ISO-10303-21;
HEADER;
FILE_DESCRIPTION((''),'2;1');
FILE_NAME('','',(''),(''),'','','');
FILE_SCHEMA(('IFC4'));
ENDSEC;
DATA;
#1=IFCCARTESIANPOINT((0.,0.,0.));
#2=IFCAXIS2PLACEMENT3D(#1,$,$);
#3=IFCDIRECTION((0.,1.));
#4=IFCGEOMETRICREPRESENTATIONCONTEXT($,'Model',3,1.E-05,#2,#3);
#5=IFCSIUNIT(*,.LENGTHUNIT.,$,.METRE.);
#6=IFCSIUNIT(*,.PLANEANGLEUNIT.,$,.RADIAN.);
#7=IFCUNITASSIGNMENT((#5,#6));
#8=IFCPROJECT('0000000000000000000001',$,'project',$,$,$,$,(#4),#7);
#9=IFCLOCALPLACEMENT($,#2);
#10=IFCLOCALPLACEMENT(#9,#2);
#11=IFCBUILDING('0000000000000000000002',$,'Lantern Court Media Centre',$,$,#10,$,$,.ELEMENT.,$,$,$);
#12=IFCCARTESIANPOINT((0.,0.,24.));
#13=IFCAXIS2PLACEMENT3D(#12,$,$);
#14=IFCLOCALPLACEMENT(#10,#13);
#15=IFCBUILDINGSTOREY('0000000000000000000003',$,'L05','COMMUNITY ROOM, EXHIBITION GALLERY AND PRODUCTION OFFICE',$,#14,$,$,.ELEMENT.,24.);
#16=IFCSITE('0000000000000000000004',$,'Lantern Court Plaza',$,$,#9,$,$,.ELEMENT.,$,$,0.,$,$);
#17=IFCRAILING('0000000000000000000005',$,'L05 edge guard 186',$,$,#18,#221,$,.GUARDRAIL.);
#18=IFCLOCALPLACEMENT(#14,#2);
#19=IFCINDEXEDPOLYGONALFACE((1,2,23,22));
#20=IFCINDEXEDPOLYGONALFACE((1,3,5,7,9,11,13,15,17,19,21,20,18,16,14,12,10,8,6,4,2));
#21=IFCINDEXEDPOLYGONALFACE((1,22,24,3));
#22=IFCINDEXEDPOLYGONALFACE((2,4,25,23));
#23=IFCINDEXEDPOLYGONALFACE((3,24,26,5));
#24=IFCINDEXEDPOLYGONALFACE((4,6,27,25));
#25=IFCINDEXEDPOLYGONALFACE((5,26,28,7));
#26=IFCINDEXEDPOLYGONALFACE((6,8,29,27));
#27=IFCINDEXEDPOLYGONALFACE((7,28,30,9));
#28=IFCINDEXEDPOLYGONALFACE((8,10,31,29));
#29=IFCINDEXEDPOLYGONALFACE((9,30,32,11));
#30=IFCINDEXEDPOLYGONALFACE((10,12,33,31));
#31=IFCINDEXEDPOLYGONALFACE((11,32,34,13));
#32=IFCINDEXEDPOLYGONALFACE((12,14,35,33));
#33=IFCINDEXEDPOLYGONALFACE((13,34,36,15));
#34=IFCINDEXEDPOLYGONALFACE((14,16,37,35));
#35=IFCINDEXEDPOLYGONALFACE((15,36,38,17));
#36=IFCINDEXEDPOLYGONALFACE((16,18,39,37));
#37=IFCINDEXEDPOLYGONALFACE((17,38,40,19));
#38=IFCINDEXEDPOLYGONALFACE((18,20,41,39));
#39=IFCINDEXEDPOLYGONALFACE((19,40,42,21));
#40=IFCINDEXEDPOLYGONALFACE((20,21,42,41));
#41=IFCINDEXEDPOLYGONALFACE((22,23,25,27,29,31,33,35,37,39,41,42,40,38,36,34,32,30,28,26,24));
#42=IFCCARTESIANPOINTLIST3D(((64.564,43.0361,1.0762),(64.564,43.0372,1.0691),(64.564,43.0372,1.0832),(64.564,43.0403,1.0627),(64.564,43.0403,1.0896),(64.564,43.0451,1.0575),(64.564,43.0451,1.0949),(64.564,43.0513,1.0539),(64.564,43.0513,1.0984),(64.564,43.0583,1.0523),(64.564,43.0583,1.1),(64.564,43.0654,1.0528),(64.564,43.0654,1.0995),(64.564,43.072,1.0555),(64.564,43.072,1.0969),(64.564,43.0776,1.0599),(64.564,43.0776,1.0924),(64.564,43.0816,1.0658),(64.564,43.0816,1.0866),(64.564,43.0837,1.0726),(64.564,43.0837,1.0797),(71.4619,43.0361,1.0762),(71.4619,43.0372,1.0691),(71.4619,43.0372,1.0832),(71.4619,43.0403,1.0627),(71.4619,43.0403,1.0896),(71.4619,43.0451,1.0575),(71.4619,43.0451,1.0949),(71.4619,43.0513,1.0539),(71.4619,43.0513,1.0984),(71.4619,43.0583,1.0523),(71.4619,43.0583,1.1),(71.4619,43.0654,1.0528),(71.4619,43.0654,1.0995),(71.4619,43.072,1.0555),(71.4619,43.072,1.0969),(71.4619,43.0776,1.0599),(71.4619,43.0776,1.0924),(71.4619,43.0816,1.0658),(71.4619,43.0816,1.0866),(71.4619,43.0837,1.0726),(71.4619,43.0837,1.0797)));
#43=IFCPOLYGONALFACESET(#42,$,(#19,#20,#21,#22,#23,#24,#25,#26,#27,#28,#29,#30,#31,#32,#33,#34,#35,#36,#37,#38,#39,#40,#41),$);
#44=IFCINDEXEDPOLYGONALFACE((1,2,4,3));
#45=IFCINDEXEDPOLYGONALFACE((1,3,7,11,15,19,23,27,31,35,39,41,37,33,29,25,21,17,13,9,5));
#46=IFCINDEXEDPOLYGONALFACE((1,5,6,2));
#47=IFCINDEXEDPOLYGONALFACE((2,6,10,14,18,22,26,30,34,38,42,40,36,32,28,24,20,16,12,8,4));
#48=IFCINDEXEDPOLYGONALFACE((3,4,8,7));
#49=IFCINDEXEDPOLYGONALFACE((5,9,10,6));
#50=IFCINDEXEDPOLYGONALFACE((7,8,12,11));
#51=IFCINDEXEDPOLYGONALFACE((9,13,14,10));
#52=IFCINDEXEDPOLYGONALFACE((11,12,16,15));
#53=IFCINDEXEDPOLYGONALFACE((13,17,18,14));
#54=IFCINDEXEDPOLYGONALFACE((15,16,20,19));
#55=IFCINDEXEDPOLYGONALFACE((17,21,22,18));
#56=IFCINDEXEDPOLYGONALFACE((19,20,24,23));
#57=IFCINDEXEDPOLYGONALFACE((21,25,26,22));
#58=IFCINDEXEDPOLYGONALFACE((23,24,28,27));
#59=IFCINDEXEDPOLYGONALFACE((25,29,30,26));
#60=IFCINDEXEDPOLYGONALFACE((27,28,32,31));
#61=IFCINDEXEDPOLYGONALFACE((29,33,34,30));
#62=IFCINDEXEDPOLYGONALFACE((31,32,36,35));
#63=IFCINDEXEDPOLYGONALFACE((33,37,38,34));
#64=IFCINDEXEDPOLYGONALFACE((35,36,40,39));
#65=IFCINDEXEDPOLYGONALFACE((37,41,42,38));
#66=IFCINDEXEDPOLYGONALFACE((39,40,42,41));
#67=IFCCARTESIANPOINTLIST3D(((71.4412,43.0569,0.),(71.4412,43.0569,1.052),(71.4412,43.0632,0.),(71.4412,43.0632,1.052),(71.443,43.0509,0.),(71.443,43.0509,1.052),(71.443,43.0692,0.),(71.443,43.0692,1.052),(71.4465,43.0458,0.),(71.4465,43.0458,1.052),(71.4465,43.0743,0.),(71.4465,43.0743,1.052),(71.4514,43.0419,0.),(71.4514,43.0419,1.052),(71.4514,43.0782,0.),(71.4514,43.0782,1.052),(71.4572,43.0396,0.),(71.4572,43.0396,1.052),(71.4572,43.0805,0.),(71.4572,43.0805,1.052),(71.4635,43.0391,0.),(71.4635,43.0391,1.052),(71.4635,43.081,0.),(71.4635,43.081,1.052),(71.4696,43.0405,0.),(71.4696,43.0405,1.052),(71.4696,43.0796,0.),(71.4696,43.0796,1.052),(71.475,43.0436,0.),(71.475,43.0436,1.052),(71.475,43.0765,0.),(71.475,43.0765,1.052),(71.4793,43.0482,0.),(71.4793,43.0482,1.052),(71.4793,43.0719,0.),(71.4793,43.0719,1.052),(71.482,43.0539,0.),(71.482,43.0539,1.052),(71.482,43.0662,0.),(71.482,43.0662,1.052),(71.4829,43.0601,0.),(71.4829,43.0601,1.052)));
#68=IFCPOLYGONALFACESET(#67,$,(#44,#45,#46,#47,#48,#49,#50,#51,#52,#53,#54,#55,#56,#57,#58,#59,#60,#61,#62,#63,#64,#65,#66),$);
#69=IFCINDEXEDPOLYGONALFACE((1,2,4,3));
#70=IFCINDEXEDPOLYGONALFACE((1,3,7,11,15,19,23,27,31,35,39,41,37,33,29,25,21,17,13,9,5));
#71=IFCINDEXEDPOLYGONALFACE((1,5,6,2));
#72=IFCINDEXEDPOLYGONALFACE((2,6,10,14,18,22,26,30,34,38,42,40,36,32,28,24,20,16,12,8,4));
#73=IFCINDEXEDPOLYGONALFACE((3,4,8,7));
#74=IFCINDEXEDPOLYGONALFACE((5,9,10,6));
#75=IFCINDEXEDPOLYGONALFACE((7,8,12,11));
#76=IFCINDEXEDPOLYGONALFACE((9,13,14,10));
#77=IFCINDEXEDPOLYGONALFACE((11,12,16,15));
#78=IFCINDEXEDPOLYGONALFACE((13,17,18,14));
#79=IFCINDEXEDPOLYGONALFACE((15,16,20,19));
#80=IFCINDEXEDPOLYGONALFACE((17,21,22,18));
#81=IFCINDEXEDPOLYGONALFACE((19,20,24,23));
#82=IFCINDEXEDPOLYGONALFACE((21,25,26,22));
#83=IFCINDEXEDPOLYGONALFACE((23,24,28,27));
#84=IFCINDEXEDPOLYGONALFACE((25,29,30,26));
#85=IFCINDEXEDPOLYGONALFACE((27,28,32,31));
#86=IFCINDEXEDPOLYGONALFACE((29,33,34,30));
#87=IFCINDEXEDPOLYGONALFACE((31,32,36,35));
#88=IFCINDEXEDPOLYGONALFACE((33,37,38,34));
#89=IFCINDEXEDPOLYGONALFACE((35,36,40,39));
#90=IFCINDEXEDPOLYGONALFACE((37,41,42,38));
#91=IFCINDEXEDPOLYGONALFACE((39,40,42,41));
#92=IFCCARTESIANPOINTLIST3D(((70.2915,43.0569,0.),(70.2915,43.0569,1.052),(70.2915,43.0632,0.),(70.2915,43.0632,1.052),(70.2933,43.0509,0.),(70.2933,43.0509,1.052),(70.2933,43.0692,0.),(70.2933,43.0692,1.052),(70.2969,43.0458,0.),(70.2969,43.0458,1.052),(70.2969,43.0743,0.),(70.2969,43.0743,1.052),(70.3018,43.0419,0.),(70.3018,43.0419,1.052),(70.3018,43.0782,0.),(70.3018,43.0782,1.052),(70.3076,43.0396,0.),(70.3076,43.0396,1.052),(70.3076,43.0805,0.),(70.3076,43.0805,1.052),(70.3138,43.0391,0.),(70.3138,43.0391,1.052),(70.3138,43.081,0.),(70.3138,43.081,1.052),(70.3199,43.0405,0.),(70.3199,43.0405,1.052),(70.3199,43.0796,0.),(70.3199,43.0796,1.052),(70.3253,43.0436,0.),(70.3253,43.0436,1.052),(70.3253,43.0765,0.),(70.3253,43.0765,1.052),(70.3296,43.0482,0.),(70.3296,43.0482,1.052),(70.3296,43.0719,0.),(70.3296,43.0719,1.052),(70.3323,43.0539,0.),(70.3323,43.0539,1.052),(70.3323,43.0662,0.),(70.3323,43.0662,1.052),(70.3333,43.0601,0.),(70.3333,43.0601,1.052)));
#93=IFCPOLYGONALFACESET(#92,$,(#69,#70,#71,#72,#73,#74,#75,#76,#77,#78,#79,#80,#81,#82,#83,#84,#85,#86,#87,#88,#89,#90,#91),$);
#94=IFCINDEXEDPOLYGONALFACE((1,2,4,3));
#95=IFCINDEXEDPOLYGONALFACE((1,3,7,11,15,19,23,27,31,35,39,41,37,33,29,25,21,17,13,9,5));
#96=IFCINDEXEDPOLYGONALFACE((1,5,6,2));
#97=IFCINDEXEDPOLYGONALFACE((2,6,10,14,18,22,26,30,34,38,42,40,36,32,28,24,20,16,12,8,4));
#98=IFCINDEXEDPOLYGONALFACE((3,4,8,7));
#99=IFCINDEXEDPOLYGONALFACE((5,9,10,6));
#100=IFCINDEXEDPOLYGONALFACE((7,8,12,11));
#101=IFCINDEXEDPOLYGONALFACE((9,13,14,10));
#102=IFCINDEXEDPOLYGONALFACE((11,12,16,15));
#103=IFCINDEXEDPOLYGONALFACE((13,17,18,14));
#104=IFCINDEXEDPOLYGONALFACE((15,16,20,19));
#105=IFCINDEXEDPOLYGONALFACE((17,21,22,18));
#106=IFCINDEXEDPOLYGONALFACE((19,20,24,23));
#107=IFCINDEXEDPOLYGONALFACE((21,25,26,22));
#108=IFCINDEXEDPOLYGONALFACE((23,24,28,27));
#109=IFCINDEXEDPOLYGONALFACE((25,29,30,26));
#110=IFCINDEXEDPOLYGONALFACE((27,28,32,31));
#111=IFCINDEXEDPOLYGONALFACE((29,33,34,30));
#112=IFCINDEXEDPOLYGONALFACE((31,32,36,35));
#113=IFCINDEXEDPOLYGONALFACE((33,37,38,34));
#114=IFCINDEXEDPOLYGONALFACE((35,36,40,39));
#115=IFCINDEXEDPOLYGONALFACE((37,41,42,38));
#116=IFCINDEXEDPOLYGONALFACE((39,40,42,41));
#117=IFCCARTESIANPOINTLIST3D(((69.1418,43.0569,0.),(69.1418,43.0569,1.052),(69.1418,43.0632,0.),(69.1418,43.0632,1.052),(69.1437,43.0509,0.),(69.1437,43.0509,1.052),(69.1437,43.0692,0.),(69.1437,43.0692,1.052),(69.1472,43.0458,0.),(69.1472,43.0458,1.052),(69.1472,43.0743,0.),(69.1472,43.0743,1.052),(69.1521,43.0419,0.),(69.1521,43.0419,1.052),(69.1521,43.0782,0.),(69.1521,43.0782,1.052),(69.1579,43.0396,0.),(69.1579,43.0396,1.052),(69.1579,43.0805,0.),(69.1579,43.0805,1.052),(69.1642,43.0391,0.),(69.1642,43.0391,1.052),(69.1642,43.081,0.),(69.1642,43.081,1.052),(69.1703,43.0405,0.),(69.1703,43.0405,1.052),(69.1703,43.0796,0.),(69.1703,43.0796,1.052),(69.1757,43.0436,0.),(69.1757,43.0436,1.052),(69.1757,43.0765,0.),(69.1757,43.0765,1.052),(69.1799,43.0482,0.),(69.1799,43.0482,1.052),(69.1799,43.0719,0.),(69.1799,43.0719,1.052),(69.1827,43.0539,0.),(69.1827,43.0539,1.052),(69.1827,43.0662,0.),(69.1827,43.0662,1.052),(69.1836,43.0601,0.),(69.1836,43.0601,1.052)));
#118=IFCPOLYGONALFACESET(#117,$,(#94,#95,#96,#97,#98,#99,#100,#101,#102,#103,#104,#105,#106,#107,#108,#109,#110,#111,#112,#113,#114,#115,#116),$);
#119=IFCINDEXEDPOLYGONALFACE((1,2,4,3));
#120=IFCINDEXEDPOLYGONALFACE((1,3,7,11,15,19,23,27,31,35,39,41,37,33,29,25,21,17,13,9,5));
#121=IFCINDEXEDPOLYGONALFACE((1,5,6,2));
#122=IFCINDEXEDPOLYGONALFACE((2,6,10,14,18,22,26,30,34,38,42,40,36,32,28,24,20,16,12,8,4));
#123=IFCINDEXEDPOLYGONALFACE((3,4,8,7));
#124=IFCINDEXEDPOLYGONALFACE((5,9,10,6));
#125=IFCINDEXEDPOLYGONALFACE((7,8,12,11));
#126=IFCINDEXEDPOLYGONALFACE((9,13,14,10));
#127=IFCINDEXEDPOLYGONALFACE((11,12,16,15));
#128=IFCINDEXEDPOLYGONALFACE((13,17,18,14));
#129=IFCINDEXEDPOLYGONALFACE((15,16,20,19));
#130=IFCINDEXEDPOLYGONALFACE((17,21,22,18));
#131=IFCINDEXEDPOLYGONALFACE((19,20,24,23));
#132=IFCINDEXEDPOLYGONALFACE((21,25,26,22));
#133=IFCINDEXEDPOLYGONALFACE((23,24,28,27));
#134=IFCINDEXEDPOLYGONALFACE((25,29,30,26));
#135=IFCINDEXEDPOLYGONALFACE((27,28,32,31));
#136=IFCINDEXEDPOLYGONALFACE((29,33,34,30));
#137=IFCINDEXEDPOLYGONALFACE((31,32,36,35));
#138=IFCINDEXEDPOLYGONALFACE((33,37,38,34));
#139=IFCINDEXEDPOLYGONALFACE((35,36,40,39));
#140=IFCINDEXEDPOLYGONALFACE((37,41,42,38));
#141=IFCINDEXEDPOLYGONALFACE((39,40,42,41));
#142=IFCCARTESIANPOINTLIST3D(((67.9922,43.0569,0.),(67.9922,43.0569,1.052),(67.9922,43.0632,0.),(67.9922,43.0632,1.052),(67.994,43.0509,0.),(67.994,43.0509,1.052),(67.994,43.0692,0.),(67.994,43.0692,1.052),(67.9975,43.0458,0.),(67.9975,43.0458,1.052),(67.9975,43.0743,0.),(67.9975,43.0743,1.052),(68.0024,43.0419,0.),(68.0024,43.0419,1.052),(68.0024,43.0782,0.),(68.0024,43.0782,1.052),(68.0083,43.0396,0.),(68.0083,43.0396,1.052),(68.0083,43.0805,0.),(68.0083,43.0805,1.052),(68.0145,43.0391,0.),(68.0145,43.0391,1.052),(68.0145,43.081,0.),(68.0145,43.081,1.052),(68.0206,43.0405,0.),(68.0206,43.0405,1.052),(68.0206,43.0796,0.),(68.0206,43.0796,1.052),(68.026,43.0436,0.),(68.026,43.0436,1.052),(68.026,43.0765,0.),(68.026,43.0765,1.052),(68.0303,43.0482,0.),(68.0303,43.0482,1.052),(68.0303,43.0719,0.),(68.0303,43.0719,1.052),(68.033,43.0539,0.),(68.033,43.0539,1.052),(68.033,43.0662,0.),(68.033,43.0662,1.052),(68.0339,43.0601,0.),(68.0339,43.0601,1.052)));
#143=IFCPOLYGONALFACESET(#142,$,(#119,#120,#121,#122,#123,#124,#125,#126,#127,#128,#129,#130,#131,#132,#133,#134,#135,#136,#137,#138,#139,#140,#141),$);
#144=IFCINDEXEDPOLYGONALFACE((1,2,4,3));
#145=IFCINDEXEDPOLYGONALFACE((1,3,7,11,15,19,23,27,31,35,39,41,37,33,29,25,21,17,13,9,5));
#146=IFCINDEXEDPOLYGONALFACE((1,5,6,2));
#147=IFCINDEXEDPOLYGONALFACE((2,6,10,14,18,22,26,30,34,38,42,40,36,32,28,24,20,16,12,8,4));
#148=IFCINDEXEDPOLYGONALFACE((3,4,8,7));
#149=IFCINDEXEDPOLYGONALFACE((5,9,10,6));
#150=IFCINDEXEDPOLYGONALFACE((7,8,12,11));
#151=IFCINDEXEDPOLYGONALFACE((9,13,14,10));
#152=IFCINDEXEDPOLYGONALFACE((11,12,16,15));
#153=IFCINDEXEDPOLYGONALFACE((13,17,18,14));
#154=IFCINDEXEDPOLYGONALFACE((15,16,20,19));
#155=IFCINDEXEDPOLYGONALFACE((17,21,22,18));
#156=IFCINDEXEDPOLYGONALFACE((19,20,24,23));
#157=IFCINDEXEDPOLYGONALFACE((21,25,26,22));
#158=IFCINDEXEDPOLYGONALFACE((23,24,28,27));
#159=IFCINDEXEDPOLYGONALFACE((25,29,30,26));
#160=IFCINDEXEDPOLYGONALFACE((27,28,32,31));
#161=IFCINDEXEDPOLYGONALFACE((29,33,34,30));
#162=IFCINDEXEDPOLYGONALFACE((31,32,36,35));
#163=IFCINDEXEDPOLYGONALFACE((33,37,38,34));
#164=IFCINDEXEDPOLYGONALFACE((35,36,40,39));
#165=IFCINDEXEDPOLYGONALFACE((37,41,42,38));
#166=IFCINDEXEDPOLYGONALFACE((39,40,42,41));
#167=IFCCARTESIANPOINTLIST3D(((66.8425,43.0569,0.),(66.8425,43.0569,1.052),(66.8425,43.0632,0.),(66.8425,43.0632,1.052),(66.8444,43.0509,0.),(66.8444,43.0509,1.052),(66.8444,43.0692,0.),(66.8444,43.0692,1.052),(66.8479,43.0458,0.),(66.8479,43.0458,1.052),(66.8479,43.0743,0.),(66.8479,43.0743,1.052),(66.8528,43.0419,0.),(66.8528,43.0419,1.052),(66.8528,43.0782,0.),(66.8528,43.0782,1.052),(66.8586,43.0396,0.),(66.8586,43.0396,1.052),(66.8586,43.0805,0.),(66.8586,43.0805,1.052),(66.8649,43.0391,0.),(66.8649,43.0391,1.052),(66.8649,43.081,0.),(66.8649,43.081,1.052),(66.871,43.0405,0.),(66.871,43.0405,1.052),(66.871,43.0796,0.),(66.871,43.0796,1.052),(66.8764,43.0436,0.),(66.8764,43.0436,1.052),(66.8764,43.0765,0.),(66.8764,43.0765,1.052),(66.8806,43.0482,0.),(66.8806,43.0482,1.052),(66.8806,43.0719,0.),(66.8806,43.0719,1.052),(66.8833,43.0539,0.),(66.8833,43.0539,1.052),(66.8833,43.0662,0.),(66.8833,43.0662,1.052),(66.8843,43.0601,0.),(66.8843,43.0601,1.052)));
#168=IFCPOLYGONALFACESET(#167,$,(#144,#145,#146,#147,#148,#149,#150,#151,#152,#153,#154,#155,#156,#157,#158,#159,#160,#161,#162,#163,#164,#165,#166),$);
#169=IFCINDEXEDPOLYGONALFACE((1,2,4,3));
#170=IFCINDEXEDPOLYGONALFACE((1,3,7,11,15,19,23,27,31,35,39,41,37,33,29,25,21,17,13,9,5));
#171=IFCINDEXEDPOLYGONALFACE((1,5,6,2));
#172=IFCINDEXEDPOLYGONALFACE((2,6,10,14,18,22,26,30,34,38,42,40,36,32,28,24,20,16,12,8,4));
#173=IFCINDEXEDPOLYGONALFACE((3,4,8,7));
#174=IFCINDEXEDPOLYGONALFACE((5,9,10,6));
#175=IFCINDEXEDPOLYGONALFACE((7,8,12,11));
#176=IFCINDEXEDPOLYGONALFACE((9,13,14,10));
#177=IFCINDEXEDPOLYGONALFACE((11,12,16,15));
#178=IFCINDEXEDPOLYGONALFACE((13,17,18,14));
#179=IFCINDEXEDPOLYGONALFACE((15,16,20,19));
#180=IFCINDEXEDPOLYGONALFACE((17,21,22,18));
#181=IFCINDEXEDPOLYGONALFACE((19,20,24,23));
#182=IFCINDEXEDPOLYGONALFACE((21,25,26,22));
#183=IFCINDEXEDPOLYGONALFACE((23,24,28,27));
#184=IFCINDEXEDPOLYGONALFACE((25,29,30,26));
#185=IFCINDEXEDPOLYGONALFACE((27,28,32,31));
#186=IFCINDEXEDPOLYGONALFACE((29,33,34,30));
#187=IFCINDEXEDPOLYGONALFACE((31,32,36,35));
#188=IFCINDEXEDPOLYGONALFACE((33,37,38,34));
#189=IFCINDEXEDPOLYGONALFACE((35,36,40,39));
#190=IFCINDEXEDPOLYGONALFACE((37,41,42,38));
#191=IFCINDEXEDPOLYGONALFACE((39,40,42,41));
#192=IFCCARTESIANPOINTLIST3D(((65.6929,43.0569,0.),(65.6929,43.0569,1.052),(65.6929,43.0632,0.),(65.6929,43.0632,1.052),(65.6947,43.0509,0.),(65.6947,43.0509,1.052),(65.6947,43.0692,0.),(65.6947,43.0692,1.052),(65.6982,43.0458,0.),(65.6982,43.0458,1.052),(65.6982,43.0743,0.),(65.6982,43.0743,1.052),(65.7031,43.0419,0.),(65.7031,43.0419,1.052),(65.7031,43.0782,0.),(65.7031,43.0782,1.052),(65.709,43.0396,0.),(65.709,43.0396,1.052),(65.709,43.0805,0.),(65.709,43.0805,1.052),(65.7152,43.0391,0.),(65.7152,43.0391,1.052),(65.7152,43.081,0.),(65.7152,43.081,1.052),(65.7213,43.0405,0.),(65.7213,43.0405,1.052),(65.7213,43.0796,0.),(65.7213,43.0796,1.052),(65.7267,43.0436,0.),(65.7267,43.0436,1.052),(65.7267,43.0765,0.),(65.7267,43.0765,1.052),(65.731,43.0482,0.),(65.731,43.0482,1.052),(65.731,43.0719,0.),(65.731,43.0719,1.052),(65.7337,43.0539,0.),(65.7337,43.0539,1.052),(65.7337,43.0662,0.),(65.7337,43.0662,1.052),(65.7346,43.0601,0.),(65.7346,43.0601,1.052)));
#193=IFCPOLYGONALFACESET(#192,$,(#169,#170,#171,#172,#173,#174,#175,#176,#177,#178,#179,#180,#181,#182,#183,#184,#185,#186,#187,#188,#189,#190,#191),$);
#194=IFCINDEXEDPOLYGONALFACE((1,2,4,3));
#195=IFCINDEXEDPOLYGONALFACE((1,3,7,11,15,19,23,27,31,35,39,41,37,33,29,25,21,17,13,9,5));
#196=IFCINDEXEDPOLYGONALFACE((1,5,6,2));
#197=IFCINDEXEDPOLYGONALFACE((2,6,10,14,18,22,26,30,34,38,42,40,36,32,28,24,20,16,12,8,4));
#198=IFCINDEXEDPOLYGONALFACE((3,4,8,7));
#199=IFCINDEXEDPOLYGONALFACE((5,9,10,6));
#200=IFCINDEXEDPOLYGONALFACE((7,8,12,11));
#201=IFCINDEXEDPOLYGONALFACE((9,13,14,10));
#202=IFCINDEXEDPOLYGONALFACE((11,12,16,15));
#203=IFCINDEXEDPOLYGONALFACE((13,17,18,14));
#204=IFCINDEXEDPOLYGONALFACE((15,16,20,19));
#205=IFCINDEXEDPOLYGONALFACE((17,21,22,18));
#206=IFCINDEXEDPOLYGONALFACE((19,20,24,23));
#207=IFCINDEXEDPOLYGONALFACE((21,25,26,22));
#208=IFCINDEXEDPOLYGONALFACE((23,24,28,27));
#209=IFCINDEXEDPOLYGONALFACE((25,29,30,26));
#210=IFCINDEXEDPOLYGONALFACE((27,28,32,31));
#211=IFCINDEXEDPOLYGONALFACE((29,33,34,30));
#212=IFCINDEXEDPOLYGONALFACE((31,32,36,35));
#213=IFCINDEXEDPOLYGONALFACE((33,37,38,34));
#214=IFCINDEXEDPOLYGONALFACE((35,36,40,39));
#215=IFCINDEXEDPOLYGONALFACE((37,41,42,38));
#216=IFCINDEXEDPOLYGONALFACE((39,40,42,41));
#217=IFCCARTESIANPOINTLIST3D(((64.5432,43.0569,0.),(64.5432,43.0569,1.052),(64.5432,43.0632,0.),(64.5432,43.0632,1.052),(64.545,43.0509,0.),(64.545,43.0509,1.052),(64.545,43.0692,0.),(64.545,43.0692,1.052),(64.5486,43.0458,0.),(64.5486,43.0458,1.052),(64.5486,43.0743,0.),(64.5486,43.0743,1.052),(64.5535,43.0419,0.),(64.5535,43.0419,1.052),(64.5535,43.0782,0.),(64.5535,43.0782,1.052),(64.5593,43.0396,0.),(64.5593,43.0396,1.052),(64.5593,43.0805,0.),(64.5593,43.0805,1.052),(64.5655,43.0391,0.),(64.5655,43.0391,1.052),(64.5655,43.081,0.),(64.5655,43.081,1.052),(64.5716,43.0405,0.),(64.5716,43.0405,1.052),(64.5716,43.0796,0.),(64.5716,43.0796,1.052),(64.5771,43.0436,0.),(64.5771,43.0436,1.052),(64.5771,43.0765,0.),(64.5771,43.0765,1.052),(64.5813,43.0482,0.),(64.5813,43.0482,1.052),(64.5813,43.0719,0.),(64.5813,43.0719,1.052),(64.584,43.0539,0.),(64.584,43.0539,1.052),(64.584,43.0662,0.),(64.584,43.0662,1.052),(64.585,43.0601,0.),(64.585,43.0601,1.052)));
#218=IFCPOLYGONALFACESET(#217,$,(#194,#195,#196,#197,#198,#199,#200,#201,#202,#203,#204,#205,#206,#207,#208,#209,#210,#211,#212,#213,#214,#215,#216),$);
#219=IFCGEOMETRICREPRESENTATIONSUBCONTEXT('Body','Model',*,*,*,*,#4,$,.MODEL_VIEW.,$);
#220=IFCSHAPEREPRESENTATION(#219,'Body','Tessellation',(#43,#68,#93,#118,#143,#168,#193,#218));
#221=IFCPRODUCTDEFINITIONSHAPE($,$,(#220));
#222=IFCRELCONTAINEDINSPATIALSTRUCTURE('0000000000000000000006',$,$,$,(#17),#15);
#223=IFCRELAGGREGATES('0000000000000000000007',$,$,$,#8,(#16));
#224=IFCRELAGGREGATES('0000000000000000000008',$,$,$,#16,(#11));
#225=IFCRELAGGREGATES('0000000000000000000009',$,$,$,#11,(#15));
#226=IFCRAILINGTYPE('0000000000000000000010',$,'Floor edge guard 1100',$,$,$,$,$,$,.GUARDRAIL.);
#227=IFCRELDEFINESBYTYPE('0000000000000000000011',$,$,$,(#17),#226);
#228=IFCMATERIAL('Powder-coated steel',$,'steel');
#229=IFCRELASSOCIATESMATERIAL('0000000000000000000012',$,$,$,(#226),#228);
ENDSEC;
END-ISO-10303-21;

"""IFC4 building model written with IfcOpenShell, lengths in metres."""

from ifc_helpers import new_model, si_unit, direction, frame, origin, origin_2d, place, context, subcontext, project, spatial, circle, extrude, material, type_object, element, save


model = new_model("IFC4")

# Units and contexts
model_context = context("Model", 3, precision=1e-05, world=origin(), true_north=direction((0.0, 1.0)))
body_context = subcontext(model_context, "Body", "Model", "MODEL_VIEW")
ifc_project = project(units=[si_unit("LENGTHUNIT", "METRE"), si_unit("PLANEANGLEUNIT", "RADIAN")], contexts=[model_context])

# Site, building, storey
site_placement = place(None, origin())
site = spatial("IfcSite", under=ifc_project, at=site_placement, Name="Lantern Court Plaza", CompositionType="ELEMENT", RefElevation=0.0)
building_placement = place(site_placement, origin())
building = spatial("IfcBuilding", under=site, at=building_placement, Name="Lantern Court Media Centre", CompositionType="ELEMENT")
storey_placement = place(building_placement, frame((0.0, 0.0, 24.0)))
storey = spatial("IfcBuildingStorey", under=building, at=storey_placement, Name="L05", Description="COMMUNITY ROOM, EXHIBITION GALLERY AND PRODUCTION OFFICE", CompositionType="ELEMENT", Elevation=24.0)

# Railing
ifc_material_1 = material(Name="Powder-coated steel", Category="steel")
railing_type = type_object("IfcRailingType", Name="Floor edge guard 1100", PredefinedType="GUARDRAIL", material=ifc_material_1)
railing_placement = place(storey_placement, frame((71.4619, 43.0601, 0.0)))
element("IfcRailing", 1, at=railing_placement, inside=storey, type_object=railing_type, Name="L05 edge guard 186", PredefinedType="GUARDRAIL", context=body_context, shape_type="SweptSolid", body=[
    extrude(circle(Radius=0.0239, at=origin_2d()), frame((0.0, 0.0, 1.0762), z_axis=(-1.0, 0.0, 0.0), x_axis=(0.0, -1.0, 0.0)), (0.0, 0.0, 1.0), 6.8979),
    extrude(circle(Radius=0.021, at=origin_2d()), origin(), (0.0, 0.0, 1.0), 1.052),
    extrude(circle(Radius=0.021, at=origin_2d()), frame((-1.1497, 0.0, 0.0)), (0.0, 0.0, 1.0), 1.052),
    extrude(circle(Radius=0.021, at=origin_2d()), frame((-2.2993, 0.0, 0.0)), (0.0, 0.0, 1.0), 1.052),
    extrude(circle(Radius=0.021, at=origin_2d()), frame((-3.449, 0.0, 0.0)), (0.0, 0.0, 1.0), 1.052),
    extrude(circle(Radius=0.021, at=origin_2d()), frame((-4.5986, 0.0, 0.0)), (0.0, 0.0, 1.0), 1.052),
    extrude(circle(Radius=0.021, at=origin_2d()), frame((-5.7483, 0.0, 0.0)), (0.0, 0.0, 1.0), 1.052),
    extrude(circle(Radius=0.021, at=origin_2d()), frame((-6.8979, 0.0, 0.0)), (0.0, 0.0, 1.0), 1.052),
])

save(model, "model.ifc")
